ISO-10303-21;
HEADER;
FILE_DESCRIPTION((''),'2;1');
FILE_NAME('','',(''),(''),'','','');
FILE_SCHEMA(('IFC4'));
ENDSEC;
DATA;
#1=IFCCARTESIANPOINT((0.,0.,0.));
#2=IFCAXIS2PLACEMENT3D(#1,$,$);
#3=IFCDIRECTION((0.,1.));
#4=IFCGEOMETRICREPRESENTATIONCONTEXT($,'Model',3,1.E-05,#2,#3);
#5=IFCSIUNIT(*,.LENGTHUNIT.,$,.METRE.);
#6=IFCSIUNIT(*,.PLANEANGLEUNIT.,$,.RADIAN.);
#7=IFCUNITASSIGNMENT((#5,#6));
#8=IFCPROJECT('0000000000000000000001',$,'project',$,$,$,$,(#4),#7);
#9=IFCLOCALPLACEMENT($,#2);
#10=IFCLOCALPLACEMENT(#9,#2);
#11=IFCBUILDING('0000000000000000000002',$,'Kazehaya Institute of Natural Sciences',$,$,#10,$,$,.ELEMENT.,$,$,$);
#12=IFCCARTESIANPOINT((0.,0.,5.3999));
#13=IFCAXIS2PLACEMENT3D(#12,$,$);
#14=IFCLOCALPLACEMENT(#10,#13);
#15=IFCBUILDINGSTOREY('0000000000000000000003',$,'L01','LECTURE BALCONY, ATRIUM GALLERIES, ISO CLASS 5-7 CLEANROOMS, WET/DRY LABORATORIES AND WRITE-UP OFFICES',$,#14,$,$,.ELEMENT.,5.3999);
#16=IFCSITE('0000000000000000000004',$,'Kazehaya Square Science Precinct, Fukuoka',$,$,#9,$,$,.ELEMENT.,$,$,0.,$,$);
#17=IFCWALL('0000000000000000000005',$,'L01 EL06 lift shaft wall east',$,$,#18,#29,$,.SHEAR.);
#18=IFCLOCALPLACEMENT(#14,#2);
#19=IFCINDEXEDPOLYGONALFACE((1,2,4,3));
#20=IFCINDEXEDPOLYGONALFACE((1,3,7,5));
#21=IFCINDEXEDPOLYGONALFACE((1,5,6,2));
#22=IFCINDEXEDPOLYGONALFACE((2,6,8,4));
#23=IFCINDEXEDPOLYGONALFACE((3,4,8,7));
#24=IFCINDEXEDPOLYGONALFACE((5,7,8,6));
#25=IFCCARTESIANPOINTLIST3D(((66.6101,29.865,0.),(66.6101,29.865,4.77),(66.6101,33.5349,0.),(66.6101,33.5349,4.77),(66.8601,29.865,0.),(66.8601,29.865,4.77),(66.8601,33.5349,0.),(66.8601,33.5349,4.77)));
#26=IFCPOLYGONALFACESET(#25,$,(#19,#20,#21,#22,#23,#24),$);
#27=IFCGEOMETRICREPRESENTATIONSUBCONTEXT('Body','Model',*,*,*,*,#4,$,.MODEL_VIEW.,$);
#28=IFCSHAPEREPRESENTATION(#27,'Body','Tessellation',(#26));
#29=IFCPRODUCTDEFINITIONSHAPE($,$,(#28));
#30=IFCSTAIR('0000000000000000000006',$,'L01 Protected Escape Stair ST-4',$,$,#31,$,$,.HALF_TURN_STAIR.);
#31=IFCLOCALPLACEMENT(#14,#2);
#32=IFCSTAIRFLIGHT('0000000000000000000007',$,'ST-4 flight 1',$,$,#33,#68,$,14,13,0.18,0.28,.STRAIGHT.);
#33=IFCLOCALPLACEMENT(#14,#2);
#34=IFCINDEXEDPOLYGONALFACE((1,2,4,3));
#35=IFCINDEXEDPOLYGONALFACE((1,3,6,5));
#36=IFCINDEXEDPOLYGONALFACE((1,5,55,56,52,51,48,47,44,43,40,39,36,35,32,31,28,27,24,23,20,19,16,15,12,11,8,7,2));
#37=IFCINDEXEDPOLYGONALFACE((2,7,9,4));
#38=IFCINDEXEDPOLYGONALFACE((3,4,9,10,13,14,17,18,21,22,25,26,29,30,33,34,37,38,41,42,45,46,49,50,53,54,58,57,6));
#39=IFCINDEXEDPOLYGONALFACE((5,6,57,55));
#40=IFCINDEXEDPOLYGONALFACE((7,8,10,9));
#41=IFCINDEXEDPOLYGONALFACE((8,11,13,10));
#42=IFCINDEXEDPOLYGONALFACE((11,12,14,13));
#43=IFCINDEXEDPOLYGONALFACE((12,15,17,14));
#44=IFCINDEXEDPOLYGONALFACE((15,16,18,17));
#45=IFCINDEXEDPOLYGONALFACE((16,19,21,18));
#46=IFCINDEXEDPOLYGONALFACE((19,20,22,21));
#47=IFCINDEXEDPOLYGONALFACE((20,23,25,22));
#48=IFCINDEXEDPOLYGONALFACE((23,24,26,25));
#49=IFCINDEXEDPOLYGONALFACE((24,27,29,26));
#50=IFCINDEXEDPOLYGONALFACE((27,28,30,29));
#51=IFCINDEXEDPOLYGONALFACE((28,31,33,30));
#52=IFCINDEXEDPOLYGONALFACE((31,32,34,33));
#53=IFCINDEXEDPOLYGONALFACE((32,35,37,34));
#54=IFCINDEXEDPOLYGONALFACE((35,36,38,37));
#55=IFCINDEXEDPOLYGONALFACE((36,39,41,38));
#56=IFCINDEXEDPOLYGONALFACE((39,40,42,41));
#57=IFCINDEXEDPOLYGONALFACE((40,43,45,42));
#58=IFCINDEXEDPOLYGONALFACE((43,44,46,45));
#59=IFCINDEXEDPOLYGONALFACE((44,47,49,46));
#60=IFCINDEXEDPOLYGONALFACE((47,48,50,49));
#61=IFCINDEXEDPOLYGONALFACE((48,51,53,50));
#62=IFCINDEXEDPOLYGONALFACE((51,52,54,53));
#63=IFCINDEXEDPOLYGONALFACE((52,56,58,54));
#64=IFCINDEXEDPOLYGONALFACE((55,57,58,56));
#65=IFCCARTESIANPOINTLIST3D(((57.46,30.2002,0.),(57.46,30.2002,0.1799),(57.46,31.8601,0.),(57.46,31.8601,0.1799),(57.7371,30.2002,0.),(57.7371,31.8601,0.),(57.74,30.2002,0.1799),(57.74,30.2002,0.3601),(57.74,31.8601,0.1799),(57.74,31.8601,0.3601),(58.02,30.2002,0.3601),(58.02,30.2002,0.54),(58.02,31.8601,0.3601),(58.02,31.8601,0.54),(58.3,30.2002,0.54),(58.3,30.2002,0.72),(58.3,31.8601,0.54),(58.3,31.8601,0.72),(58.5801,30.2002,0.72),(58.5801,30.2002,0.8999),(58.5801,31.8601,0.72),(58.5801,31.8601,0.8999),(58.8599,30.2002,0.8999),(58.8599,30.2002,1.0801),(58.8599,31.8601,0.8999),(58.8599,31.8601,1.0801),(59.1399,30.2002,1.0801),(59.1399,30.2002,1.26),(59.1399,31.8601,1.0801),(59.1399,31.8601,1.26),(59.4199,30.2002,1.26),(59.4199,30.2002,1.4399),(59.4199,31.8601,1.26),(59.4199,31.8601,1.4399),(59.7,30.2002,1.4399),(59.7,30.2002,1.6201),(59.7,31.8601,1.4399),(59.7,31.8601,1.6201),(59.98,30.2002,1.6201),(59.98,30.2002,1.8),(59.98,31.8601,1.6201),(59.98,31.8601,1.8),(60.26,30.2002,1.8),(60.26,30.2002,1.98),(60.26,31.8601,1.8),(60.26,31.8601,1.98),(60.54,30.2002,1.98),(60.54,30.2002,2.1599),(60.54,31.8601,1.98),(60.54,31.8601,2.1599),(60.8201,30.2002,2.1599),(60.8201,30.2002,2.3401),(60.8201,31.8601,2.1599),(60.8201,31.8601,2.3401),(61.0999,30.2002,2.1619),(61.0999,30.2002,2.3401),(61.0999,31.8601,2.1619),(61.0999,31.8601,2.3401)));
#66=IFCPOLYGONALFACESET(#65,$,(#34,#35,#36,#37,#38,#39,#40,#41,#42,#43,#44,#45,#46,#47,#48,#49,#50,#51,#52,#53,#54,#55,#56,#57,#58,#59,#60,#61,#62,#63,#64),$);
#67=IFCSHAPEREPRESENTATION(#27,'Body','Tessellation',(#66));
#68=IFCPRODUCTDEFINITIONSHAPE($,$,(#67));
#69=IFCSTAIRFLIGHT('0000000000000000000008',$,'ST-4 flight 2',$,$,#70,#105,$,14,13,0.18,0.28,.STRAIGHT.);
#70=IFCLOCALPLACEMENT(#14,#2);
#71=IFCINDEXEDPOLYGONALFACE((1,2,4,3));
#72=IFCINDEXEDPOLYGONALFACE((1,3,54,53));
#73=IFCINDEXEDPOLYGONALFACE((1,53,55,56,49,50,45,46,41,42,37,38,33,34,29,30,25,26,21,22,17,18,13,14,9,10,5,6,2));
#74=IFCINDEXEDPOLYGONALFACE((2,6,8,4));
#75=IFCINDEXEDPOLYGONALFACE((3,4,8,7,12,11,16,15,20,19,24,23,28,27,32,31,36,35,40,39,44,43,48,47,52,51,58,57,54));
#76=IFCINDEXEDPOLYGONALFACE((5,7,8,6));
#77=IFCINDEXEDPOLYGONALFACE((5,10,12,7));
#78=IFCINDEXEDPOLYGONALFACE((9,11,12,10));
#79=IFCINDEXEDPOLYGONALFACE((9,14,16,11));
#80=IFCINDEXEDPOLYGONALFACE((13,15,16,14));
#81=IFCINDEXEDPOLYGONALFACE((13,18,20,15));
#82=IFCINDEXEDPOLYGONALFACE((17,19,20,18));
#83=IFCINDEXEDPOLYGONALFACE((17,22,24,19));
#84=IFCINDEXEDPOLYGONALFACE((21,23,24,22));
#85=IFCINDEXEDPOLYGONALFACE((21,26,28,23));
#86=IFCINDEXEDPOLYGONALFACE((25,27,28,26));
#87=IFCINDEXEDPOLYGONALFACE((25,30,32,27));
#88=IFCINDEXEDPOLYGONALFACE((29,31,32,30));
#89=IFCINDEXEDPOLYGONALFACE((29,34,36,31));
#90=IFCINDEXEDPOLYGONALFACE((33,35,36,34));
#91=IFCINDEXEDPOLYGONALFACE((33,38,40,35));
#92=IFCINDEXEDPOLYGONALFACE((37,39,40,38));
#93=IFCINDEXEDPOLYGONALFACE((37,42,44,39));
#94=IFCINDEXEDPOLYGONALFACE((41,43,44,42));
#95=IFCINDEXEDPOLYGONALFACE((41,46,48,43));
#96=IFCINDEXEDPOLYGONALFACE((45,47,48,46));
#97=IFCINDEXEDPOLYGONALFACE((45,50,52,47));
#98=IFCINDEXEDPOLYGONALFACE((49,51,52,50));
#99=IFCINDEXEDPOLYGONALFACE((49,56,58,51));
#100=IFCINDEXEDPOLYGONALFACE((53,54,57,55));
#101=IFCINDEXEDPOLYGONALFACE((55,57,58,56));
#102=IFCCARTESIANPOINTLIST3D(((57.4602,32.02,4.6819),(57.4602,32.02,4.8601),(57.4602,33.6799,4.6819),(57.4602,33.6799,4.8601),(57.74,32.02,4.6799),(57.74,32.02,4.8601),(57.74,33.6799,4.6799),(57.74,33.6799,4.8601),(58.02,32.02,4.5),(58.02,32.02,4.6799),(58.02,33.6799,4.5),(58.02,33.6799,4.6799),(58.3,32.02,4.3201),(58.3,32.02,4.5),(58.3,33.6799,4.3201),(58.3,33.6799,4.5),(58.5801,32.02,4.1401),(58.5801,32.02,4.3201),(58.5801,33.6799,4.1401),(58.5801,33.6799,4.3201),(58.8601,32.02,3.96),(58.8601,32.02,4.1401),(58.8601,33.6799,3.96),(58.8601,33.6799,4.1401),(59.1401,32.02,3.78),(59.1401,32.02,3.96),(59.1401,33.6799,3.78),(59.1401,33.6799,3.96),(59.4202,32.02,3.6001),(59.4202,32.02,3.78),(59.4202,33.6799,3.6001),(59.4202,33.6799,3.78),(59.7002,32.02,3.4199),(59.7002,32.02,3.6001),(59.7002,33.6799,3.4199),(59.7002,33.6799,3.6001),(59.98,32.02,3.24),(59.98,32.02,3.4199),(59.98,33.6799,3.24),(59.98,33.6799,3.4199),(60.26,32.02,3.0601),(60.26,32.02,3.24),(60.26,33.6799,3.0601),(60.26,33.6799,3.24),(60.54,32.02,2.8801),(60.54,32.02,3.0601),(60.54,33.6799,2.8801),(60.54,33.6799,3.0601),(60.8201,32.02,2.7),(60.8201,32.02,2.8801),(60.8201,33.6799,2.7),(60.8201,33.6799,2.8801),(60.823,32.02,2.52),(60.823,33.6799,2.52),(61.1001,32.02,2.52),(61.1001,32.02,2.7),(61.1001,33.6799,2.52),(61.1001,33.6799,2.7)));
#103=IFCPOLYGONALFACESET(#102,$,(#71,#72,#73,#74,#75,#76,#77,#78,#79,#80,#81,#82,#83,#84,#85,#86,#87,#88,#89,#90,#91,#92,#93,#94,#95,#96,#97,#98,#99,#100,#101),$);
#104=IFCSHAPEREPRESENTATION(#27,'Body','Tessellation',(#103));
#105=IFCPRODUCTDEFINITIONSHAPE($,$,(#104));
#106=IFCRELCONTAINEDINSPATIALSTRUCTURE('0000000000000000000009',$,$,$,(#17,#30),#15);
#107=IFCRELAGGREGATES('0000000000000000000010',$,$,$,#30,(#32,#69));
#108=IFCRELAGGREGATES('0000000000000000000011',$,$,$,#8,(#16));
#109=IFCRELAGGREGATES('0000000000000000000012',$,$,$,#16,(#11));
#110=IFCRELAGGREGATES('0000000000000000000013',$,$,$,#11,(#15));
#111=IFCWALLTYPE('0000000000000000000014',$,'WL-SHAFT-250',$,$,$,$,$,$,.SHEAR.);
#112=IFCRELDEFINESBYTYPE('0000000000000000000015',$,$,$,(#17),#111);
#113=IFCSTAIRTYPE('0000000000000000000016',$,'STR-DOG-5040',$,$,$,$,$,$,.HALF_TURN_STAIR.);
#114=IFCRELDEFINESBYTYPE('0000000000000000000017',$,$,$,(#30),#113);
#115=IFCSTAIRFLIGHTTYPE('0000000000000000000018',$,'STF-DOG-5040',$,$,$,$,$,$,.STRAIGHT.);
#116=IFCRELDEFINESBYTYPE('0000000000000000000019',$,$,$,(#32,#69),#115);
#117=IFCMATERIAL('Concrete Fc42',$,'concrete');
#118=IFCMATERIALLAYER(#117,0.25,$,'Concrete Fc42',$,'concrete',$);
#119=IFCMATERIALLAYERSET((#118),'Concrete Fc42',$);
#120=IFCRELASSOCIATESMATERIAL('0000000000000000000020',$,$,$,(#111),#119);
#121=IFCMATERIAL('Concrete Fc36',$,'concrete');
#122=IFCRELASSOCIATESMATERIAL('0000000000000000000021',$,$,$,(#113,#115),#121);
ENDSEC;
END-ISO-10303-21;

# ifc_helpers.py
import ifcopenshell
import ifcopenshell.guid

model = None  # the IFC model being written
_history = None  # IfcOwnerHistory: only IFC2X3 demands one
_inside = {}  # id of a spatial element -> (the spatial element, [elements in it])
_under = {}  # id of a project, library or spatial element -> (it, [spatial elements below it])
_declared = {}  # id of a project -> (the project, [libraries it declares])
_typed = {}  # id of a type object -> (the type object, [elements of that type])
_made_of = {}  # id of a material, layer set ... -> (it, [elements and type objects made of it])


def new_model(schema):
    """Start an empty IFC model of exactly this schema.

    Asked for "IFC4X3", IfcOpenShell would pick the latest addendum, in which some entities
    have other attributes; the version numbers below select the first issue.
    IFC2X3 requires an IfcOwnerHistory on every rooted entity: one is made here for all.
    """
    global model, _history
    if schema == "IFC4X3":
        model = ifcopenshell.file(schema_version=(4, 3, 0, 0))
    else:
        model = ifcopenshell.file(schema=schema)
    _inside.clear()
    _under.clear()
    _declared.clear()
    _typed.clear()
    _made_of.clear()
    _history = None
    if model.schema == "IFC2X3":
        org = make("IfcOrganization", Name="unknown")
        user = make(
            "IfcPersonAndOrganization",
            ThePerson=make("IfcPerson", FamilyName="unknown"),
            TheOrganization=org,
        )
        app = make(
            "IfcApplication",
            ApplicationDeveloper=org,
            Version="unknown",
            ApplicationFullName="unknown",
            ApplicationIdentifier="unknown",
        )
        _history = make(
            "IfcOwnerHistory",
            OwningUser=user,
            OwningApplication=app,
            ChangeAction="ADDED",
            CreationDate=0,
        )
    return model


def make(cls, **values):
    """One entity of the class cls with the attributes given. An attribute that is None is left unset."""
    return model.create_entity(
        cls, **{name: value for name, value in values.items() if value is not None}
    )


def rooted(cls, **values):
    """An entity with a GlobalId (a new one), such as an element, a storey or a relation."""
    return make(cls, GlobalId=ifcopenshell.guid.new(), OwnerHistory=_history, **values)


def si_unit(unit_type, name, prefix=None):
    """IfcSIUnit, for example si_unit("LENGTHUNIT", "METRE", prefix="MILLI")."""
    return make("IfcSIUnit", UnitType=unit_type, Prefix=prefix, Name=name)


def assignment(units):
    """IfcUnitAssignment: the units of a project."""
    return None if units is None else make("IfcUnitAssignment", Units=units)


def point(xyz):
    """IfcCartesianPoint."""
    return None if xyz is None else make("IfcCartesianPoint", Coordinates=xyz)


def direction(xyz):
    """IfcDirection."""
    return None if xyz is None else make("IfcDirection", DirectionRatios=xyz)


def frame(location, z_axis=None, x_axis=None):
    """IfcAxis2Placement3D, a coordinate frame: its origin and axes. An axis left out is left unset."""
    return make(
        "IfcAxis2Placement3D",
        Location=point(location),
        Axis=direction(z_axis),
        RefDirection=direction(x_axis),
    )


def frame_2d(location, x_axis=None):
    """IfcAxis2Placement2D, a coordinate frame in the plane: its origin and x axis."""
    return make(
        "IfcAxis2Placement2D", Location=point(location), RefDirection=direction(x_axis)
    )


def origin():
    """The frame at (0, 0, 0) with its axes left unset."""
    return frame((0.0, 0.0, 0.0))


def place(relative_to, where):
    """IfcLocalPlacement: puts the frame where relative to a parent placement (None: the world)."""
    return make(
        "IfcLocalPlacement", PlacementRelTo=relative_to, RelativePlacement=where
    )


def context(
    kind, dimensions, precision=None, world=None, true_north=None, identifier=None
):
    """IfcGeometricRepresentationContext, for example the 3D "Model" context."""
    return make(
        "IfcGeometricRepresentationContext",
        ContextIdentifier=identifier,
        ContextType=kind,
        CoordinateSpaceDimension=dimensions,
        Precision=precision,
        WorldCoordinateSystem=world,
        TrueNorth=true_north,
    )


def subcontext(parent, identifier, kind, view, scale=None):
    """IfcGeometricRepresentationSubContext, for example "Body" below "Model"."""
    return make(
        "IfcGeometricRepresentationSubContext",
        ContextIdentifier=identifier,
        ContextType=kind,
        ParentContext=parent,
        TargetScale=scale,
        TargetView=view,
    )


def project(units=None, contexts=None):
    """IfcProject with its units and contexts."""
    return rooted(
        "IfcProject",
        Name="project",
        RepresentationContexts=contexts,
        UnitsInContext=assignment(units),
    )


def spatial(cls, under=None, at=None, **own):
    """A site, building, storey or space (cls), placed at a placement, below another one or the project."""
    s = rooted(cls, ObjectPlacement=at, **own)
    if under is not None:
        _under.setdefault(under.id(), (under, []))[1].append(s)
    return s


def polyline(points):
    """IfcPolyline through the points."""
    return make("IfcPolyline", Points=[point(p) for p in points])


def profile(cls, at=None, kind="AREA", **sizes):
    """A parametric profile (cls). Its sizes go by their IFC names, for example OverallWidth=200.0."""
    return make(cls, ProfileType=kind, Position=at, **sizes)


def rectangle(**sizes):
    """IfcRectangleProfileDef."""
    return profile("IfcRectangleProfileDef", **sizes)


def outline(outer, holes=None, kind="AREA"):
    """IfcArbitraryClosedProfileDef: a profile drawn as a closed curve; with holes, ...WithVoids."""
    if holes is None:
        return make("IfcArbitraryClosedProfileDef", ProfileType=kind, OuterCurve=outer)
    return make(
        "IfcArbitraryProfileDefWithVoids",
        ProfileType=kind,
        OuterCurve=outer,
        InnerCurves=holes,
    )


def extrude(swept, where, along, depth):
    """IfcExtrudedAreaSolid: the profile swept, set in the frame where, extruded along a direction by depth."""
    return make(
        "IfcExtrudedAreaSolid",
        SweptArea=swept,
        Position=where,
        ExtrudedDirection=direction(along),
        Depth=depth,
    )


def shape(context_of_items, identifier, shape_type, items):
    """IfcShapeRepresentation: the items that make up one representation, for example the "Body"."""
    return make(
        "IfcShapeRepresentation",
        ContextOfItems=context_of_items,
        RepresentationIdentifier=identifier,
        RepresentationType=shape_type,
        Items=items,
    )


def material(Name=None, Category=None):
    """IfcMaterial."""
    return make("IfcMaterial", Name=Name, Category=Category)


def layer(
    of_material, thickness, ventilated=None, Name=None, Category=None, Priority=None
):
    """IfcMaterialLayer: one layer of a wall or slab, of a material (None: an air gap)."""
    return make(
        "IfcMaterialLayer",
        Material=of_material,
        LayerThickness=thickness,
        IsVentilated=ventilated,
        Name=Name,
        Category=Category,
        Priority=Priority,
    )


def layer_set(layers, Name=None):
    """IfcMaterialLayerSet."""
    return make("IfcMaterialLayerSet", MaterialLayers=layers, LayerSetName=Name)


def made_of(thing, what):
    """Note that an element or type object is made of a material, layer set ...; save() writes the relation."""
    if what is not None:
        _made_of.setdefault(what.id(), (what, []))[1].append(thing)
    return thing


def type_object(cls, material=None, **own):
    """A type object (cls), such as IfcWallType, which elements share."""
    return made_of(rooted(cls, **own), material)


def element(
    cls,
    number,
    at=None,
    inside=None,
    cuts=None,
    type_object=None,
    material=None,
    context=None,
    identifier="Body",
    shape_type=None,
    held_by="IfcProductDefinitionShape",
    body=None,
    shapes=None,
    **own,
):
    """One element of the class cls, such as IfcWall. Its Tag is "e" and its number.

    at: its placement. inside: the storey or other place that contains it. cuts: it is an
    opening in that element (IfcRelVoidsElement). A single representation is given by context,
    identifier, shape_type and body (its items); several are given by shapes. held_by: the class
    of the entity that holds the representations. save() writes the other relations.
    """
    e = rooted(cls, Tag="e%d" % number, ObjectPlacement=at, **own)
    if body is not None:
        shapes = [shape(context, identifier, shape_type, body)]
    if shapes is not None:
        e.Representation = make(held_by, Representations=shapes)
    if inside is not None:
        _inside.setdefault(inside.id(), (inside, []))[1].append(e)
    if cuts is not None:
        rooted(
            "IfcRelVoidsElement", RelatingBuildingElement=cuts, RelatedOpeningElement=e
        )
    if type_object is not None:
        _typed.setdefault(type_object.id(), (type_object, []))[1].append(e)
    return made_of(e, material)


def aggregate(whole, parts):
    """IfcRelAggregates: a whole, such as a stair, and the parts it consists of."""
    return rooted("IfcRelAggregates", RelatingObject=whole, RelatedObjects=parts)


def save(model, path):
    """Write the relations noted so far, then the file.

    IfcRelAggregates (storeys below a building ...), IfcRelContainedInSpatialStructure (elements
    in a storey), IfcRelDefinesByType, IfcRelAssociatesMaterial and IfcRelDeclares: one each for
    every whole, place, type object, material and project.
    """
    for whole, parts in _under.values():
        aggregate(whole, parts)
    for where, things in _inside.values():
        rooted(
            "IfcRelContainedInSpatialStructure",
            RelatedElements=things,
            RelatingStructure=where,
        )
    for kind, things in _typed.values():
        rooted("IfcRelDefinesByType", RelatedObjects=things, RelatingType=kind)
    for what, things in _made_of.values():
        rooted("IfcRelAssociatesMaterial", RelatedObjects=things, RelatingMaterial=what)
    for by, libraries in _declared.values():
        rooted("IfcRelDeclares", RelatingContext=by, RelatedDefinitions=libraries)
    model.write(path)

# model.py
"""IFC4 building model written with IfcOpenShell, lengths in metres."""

from ifc_helpers import new_model, si_unit, direction, frame, frame_2d, origin, place, context, subcontext, project, spatial, polyline, rectangle, outline, extrude, material, layer, layer_set, type_object, element, aggregate, save


model = new_model("IFC4")

# Units and contexts
model_context = context("Model", 3, precision=1e-05, world=origin(), true_north=direction((0.0, 1.0)))
body_context = subcontext(model_context, "Body", "Model", "MODEL_VIEW")
ifc_project = project(units=[si_unit("LENGTHUNIT", "METRE"), si_unit("PLANEANGLEUNIT", "RADIAN")], contexts=[model_context])

# Site, building, storey
site_placement = place(None, origin())
site = spatial("IfcSite", under=ifc_project, at=site_placement, Name="Kazehaya Square Science Precinct, Fukuoka", CompositionType="ELEMENT", RefElevation=0.0)
building_placement = place(site_placement, origin())
building = spatial("IfcBuilding", under=site, at=building_placement, Name="Kazehaya Institute of Natural Sciences", CompositionType="ELEMENT")
storey_placement = place(building_placement, frame((0.0, 0.0, 5.3999)))
storey = spatial("IfcBuildingStorey", under=building, at=storey_placement, Name="L01", Description="LECTURE BALCONY, ATRIUM GALLERIES, ISO CLASS 5-7 CLEANROOMS, WET/DRY LABORATORIES AND WRITE-UP OFFICES", CompositionType="ELEMENT", Elevation=5.3999)

# Shared definitions
ifc_material_1 = material(Name="Concrete Fc42", Category="concrete")

# Shared definitions
ifc_material_2 = material(Name="Concrete Fc36", Category="concrete")

# Shared definitions
ifc_layer_1 = layer(ifc_material_1, 0.25, Name="Concrete Fc42", Category="concrete")
ifc_layer_set_1 = layer_set([ifc_layer_1], Name="Concrete Fc42")
wall_type_1 = type_object("IfcWallType", Name="WL-SHAFT-250", PredefinedType="SHEAR", material=ifc_layer_set_1)

# Wall
for number, where, z_axis, x_axis, name in (
    (1, (66.7351, 33.5349, 0.0), (0.0, 0.0, 1.0), (0.0, -1.0, 0.0), "L01 EL06 lift shaft wall east"),
):
    element("IfcWall", number, at=place(storey_placement, frame(where, z_axis=z_axis, x_axis=x_axis)), inside=storey, type_object=wall_type_1, Name=name, PredefinedType="SHEAR", context=body_context, shape_type="SweptSolid", body=[
        extrude(rectangle(XDim=3.6699, YDim=0.25, at=frame_2d((1.835, 0.0))), origin(), (0.0, 0.0, 1.0), 4.77),
    ])

# Stair, stair flights
stair_type = type_object("IfcStairType", Name="STR-DOG-5040", PredefinedType="HALF_TURN_STAIR", material=ifc_material_2)
stair_placement = place(storey_placement, origin())
stair = element("IfcStair", 2, at=stair_placement, inside=storey, type_object=stair_type, Name="L01 Protected Escape Stair ST-4", PredefinedType="HALF_TURN_STAIR")
stair_flight_type = type_object("IfcStairFlightType", Name="STF-DOG-5040", PredefinedType="STRAIGHT", material=ifc_material_2)
stair_flight_1_placement = place(storey_placement, frame((57.46, 31.03, 0.0), z_axis=(0.0, 0.0, 1.0), x_axis=(1.0, 0.0, 0.0)))
stair_flight_1 = element("IfcStairFlight", 3, at=stair_flight_1_placement, type_object=stair_flight_type, Name="ST-4 flight 1", NumberOfRisers=14, NumberOfTreads=13, PredefinedType="STRAIGHT", RiserHeight=0.18, TreadLength=0.28, context=body_context, shape_type="SweptSolid", body=[
    extrude(outline(polyline([(0.0, 0.0), (0.0, 0.1799), (0.28, 0.1799), (0.28, 0.3601), (0.5601, 0.3601), (0.5601, 0.54), (0.8401, 0.54), (0.8401, 0.72), (1.1201, 0.72), (1.1201, 0.8999), (1.3999, 0.8999), (1.3999, 1.0801), (1.6799, 1.0801), (1.6799, 1.26), (1.96, 1.26), (1.96, 1.4399), (2.24, 1.4399), (2.24, 1.6201), (2.52, 1.6201), (2.52, 1.8), (2.8, 1.8), (2.8, 1.98), (3.0801, 1.98), (3.0801, 2.1599), (3.3601, 2.1599), (3.3601, 2.3401), (3.6399, 2.3401), (3.6399, 2.52), (3.6399, 2.1619), (0.2771, 0.0), (0.0, 0.0)])), frame((0.0, 0.8301, 0.0), z_axis=(0.0, -1.0, 0.0), x_axis=(1.0, 0.0, 0.0)), (0.0, 0.0, 1.0), 1.6599),
])
stair_flight_2_placement = place(storey_placement, frame((61.1001, 32.8501, 2.52), z_axis=(0.0, 0.0, 1.0), x_axis=(-1.0, 0.0, 0.0)))
stair_flight_2 = element("IfcStairFlight", 4, at=stair_flight_2_placement, type_object=stair_flight_type, Name="ST-4 flight 2", NumberOfRisers=14, NumberOfTreads=13, PredefinedType="STRAIGHT", RiserHeight=0.18, TreadLength=0.28, context=body_context, shape_type="SweptSolid", body=[
    extrude(outline(polyline([(0.0, 0.0), (0.0, 0.1799), (0.28, 0.1799), (0.28, 0.3601), (0.5601, 0.3601), (0.5601, 0.54), (0.8401, 0.54), (0.8401, 0.72), (1.1201, 0.72), (1.1201, 0.8999), (1.3999, 0.8999), (1.3999, 1.0801), (1.6799, 1.0801), (1.6799, 1.26), (1.96, 1.26), (1.96, 1.4399), (2.24, 1.4399), (2.24, 1.6201), (2.52, 1.6201), (2.52, 1.8), (2.8, 1.8), (2.8, 1.98), (3.0801, 1.98), (3.0801, 2.1599), (3.3601, 2.1599), (3.3601, 2.3401), (3.6399, 2.3401), (3.6399, 2.52), (3.6399, 2.1619), (0.2771, 0.0), (0.0, 0.0)])), frame((0.0, 0.8301, 0.0), z_axis=(0.0, -1.0, 0.0), x_axis=(1.0, 0.0, 0.0)), (0.0, 0.0, 1.0), 1.6599),
])
aggregate(stair, [stair_flight_1, stair_flight_2])

save(model, "model.ifc")
